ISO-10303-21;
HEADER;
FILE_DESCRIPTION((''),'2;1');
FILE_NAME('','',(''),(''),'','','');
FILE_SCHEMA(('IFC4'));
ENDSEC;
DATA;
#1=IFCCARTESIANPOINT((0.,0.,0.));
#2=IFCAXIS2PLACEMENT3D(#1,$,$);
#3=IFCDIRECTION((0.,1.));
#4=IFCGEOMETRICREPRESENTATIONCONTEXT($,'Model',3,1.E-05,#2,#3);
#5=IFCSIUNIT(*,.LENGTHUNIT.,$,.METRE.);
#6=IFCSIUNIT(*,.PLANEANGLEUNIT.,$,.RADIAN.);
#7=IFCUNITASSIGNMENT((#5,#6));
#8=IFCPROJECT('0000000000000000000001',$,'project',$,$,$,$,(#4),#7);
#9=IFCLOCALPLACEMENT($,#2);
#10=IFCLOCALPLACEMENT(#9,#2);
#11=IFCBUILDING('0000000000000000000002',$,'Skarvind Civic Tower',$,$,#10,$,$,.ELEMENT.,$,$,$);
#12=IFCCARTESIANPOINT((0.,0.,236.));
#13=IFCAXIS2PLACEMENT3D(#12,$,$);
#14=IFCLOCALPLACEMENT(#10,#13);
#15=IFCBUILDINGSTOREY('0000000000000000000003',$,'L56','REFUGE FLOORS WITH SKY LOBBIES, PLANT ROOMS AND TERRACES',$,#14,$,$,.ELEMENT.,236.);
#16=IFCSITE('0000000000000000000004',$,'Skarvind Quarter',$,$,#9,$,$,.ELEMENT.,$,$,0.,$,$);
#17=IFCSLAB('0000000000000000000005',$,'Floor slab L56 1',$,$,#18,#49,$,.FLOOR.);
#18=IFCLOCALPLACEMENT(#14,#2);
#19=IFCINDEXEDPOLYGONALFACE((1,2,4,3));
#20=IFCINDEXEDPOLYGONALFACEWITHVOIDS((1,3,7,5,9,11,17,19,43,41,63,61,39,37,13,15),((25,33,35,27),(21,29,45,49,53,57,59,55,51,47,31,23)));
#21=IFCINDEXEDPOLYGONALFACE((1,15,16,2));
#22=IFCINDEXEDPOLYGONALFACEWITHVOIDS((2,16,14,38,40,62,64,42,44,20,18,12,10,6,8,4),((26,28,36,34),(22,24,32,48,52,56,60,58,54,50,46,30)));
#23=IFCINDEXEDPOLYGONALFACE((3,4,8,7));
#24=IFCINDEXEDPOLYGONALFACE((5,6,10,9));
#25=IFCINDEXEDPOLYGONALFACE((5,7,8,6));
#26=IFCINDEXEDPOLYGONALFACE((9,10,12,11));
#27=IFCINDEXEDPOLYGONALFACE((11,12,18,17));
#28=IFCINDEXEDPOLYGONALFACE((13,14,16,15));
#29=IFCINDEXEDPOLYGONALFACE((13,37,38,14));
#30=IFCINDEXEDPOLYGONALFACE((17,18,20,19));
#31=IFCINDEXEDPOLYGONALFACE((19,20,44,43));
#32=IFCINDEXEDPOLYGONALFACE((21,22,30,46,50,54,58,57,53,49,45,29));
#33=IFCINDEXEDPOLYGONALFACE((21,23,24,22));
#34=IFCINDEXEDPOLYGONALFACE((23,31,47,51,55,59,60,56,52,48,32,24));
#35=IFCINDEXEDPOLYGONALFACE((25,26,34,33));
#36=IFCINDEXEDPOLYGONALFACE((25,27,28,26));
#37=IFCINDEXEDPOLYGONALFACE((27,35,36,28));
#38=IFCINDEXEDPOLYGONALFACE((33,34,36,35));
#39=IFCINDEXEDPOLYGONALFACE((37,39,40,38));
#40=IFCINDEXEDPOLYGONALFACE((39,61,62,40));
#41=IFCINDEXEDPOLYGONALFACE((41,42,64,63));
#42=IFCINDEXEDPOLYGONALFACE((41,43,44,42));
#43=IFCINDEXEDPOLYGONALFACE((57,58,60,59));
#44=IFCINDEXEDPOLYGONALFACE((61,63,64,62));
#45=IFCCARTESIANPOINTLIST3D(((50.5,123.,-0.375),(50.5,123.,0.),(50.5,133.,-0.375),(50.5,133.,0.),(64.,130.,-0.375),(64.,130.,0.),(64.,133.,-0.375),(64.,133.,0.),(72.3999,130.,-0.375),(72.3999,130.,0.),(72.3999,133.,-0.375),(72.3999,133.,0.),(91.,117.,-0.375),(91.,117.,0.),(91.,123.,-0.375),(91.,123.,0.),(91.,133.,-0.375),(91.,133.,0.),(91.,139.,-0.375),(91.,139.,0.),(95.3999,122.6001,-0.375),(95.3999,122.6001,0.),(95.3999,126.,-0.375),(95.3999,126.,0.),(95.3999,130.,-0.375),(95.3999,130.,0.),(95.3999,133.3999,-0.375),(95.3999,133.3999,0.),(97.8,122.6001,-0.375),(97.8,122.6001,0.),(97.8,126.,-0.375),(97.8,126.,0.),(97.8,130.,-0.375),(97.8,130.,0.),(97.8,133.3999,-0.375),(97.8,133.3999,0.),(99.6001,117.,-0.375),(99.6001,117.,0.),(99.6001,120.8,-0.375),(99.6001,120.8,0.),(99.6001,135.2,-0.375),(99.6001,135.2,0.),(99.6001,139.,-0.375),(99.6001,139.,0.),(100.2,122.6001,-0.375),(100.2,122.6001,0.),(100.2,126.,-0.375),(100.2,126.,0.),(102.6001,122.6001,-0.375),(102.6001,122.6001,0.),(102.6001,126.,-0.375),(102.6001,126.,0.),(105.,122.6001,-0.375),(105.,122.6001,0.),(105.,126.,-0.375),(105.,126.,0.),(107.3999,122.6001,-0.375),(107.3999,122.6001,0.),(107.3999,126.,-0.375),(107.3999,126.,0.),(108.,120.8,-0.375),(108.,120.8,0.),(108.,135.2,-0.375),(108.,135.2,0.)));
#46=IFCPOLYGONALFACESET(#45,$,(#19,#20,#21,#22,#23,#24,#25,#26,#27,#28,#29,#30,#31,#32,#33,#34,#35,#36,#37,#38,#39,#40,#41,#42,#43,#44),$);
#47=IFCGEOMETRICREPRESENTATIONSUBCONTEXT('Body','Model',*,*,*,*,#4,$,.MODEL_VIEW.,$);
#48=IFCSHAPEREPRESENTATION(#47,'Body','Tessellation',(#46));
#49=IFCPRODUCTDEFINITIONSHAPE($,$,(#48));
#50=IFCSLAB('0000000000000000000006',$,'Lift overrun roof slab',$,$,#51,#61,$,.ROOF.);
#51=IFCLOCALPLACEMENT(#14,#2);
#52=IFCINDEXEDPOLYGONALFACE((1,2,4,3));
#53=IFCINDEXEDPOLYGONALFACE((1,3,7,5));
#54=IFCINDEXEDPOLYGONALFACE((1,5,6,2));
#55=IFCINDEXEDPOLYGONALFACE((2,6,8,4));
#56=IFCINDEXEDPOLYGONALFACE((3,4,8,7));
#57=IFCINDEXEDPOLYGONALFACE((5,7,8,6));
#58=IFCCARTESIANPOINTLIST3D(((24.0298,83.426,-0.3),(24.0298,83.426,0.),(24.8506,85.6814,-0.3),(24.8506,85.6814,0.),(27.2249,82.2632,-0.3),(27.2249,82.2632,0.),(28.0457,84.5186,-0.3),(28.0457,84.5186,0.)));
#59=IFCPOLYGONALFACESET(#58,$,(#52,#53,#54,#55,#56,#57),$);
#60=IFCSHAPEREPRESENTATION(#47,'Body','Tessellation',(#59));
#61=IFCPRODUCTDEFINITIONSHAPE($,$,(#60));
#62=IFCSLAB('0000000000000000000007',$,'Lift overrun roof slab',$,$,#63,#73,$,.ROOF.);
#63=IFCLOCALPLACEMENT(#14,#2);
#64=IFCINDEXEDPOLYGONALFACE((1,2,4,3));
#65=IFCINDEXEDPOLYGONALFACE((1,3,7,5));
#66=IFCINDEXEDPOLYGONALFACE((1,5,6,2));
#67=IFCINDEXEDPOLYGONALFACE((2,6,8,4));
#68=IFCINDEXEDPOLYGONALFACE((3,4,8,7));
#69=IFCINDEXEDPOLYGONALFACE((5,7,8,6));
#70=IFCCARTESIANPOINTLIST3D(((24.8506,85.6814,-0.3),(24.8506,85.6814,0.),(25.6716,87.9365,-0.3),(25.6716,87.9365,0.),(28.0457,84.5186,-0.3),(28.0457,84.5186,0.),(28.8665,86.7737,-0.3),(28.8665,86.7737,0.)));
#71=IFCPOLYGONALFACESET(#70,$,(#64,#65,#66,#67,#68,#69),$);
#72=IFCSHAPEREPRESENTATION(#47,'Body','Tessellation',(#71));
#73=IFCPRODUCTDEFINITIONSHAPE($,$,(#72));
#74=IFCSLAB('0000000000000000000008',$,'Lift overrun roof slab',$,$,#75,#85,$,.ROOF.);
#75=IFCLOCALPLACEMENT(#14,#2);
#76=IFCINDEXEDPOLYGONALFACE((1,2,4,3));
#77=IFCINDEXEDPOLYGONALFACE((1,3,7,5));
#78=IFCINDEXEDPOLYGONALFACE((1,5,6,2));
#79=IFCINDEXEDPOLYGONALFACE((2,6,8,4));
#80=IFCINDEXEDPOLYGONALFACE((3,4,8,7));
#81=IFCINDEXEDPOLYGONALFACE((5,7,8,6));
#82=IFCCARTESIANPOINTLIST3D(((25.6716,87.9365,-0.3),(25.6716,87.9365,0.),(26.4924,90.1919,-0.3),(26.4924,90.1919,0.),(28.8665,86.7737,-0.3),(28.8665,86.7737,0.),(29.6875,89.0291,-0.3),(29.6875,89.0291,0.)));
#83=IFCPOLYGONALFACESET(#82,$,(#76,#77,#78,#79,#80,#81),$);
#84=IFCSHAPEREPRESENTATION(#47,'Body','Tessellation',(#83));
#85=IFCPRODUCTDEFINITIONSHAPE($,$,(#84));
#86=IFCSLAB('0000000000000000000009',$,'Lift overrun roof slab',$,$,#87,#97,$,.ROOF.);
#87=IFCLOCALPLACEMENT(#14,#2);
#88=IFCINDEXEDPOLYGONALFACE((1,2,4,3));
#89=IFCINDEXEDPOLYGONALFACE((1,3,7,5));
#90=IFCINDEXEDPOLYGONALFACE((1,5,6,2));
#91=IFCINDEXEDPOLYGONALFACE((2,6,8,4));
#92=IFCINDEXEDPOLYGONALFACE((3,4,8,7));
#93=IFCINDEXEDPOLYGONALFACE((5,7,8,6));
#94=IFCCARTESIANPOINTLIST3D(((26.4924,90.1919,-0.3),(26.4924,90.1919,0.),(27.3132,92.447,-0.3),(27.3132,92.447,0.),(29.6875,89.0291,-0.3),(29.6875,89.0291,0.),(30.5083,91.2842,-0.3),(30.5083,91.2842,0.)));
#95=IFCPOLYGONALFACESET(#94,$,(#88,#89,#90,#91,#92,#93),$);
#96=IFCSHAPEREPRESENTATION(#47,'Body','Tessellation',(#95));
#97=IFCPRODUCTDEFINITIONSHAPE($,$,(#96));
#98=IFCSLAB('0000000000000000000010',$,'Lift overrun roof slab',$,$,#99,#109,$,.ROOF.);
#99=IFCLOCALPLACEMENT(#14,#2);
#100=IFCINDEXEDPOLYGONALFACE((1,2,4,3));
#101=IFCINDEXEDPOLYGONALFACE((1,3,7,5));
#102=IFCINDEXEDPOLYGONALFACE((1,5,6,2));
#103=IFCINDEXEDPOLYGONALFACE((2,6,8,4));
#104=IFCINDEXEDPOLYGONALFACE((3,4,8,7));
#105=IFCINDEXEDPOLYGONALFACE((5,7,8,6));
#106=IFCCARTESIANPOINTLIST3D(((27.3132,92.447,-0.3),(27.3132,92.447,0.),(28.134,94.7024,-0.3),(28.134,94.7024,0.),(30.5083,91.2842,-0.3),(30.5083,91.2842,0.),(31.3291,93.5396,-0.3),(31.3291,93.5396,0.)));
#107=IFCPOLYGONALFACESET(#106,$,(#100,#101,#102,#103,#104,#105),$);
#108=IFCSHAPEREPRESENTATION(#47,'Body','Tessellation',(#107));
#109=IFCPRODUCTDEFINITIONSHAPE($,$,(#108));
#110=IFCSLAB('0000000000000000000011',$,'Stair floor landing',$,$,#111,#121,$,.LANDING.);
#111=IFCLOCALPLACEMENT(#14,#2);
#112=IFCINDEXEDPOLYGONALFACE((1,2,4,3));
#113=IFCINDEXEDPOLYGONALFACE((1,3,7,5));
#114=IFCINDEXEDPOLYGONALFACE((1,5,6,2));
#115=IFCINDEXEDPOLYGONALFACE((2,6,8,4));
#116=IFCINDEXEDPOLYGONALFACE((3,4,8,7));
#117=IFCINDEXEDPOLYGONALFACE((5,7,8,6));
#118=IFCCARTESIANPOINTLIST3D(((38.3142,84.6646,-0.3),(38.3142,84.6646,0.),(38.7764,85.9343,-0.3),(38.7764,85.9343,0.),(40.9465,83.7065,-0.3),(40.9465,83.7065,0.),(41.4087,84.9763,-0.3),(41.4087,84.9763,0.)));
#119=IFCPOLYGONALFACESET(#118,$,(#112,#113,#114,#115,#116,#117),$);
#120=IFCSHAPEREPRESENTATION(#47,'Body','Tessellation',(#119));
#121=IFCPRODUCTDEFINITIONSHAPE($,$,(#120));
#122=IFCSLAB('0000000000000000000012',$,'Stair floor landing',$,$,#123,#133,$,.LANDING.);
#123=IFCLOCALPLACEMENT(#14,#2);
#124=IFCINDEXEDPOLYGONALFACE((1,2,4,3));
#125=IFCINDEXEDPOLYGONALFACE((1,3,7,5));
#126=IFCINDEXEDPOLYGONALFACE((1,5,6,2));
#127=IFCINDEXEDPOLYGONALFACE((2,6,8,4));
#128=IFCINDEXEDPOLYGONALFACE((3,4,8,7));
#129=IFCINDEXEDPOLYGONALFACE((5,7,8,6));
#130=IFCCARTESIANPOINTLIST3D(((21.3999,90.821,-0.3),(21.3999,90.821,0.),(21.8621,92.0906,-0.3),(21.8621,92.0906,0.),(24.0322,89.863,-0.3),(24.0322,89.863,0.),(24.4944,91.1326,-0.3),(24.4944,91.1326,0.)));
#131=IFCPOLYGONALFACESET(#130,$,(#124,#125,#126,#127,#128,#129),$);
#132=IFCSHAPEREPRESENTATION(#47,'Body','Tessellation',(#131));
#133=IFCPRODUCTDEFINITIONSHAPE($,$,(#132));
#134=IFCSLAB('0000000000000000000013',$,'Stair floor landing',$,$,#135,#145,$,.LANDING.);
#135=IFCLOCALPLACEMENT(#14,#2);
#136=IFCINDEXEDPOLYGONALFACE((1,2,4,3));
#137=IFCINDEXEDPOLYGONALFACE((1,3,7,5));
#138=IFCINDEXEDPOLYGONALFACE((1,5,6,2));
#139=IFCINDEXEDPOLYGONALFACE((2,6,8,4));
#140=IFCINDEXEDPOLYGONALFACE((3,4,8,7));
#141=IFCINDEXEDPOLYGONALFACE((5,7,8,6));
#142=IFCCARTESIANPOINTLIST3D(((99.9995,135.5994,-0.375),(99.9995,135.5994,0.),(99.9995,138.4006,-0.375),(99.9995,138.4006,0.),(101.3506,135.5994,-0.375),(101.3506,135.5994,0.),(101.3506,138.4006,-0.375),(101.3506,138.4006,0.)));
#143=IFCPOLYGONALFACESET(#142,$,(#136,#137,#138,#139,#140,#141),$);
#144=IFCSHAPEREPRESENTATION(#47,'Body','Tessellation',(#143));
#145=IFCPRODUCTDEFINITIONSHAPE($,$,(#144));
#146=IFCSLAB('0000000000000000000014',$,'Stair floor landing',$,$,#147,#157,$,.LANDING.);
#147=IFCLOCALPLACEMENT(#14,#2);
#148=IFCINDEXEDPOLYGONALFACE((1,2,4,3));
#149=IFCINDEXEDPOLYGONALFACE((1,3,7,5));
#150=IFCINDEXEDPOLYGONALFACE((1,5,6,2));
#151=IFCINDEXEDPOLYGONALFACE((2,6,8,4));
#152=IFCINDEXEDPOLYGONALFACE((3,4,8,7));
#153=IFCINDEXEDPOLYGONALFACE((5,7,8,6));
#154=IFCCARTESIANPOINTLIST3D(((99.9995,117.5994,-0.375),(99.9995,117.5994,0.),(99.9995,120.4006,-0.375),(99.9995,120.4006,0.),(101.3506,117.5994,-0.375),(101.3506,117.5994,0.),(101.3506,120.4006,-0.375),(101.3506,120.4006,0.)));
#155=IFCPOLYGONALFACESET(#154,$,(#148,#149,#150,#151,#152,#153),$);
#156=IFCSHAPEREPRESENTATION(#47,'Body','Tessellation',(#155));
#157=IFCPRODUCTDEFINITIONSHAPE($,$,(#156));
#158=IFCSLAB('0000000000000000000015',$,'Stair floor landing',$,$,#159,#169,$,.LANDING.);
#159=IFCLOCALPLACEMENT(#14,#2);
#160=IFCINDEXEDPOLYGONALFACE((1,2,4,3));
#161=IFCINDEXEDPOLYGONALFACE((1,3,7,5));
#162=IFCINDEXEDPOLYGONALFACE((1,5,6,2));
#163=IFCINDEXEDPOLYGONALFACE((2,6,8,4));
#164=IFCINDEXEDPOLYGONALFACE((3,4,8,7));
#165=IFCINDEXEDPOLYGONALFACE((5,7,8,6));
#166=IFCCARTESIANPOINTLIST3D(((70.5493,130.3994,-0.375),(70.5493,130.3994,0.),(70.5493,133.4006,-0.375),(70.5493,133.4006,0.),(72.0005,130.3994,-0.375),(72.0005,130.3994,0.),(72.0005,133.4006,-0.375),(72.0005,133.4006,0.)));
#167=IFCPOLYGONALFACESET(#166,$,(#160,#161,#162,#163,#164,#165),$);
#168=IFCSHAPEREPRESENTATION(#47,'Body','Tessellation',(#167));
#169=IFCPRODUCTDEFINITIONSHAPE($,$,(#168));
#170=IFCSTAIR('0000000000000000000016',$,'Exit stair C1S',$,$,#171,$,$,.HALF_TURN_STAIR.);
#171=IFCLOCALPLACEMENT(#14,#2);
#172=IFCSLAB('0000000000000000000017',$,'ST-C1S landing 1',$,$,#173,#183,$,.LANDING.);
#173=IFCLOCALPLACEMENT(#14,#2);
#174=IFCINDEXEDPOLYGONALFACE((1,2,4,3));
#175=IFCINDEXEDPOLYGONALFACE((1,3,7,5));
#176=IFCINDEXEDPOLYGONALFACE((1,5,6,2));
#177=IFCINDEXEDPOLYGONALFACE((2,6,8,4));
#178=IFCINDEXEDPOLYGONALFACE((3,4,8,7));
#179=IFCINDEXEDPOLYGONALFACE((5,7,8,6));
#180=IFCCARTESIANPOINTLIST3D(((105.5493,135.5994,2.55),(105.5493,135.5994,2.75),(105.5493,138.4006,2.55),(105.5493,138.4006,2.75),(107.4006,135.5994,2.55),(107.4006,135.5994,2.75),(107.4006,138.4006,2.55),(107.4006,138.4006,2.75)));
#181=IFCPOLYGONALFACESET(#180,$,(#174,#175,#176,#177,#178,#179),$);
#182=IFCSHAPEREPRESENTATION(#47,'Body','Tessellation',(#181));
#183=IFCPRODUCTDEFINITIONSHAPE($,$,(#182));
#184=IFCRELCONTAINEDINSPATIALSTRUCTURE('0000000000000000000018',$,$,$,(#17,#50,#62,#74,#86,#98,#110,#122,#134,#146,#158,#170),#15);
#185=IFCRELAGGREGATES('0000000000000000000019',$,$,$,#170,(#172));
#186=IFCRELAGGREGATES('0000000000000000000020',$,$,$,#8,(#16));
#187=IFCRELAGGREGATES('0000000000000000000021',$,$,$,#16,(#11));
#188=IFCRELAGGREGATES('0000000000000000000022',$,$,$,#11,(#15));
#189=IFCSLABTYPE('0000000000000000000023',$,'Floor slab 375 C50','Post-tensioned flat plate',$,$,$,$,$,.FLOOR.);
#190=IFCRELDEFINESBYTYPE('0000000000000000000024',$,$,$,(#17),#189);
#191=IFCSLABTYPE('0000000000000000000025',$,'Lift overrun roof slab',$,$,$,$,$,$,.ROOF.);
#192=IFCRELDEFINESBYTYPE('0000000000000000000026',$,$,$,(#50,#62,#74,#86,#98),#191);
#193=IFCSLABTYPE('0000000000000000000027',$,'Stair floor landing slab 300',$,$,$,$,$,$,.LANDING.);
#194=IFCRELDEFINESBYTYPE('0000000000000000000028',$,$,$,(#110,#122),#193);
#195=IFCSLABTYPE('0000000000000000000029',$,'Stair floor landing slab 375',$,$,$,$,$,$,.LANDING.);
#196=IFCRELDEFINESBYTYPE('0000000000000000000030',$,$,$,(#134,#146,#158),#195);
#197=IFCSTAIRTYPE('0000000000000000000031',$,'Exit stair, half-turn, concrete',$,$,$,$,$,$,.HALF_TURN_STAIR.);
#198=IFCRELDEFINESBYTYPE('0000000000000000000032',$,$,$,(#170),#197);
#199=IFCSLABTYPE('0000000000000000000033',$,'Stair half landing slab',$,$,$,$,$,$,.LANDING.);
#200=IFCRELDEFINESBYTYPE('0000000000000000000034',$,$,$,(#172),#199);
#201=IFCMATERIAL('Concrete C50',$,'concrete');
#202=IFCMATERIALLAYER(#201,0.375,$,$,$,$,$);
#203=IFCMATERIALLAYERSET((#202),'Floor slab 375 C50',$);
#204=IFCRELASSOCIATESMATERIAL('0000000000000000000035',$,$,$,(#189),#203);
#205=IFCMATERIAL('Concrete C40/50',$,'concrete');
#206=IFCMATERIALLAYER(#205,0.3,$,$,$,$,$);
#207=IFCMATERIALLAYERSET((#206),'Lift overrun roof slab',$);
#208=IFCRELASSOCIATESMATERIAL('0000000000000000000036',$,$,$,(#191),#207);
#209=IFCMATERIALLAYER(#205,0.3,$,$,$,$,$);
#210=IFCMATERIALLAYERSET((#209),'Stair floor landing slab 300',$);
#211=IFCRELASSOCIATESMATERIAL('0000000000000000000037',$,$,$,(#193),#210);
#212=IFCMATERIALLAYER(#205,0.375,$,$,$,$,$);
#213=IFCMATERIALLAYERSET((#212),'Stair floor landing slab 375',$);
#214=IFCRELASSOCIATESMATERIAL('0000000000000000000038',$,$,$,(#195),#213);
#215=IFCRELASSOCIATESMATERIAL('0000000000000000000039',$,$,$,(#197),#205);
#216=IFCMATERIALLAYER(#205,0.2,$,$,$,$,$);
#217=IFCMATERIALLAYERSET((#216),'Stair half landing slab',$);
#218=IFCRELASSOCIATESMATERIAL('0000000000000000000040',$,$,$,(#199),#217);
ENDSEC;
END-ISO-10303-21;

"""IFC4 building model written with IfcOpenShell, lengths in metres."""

from ifc_helpers import new_model, si_unit, direction, frame, origin, place, context, subcontext, project, spatial, polyline, outline, extrude, material, layer, layer_set, type_object, element, aggregate, save


model = new_model("IFC4")

# Units and contexts
model_context = context("Model", 3, precision=1e-05, world=origin(), true_north=direction((0.0, 1.0)))
body_context = subcontext(model_context, "Body", "Model", "MODEL_VIEW")
ifc_project = project(units=[si_unit("LENGTHUNIT", "METRE"), si_unit("PLANEANGLEUNIT", "RADIAN")], contexts=[model_context])

# Site, building, storey
site_placement = place(None, origin())
site = spatial("IfcSite", under=ifc_project, at=site_placement, Name="Skarvind Quarter", CompositionType="ELEMENT", RefElevation=0.0)
building_placement = place(site_placement, origin())
building = spatial("IfcBuilding", under=site, at=building_placement, Name="Skarvind Civic Tower", CompositionType="ELEMENT")
storey_placement = place(building_placement, frame((0.0, 0.0, 236.0)))
storey = spatial("IfcBuildingStorey", under=building, at=storey_placement, Name="L56", Description="REFUGE FLOORS WITH SKY LOBBIES, PLANT ROOMS AND TERRACES", CompositionType="ELEMENT", Elevation=236.0)

# Slabs
ifc_material_1 = material(Name="Concrete C50", Category="concrete")
ifc_layer_1 = layer(ifc_material_1, 0.375)
ifc_layer_set_1 = layer_set([ifc_layer_1], Name="Floor slab 375 C50")
slab_type_1 = type_object("IfcSlabType", Name="Floor slab 375 C50", Description="Post-tensioned flat plate", PredefinedType="FLOOR", material=ifc_layer_set_1)
slab_1_placement = place(storey_placement, frame((0.0, 0.0, -0.375)))
element("IfcSlab", 1, at=slab_1_placement, inside=storey, type_object=slab_type_1, Name="Floor slab L56 1", PredefinedType="FLOOR", context=body_context, shape_type="SweptSolid", body=[
    extrude(outline(polyline([(72.3999, 133.0), (72.3999, 130.0), (64.0, 130.0), (64.0, 133.0), (50.5, 133.0), (50.5, 123.0), (91.0, 123.0), (91.0, 117.0), (99.6001, 117.0), (99.6001, 120.8), (108.0, 120.8), (108.0, 135.2), (99.6001, 135.2), (99.6001, 139.0), (91.0, 139.0), (91.0, 133.0), (72.3999, 133.0)]), holes=[polyline([(97.8, 126.0), (100.2, 126.0), (102.6001, 126.0), (105.0, 126.0), (107.3999, 126.0), (107.3999, 122.6001), (105.0, 122.6001), (102.6001, 122.6001), (100.2, 122.6001), (97.8, 122.6001), (95.3999, 122.6001), (95.3999, 126.0), (97.8, 126.0)]), polyline([(97.8, 133.3999), (97.8, 130.0), (95.3999, 130.0), (95.3999, 133.3999), (97.8, 133.3999)])]), origin(), (0.0, 0.0, 1.0), 0.375),
])
ifc_material_2 = material(Name="Concrete C40/50", Category="concrete")
ifc_layer_2 = layer(ifc_material_2, 0.3)
ifc_layer_set_2 = layer_set([ifc_layer_2], Name="Lift overrun roof slab")
slab_type_2 = type_object("IfcSlabType", Name="Lift overrun roof slab", PredefinedType="ROOF", material=ifc_layer_set_2)
slab_2_placement = place(storey_placement, frame((0.0, 0.0, -0.3)))
element("IfcSlab", 2, at=slab_2_placement, inside=storey, type_object=slab_type_2, Name="Lift overrun roof slab", PredefinedType="ROOF", context=body_context, shape_type="SweptSolid", body=[
    extrude(outline(polyline([(27.2249, 82.2632), (28.0457, 84.5186), (24.8506, 85.6814), (24.0298, 83.426), (27.2249, 82.2632)])), origin(), (0.0, 0.0, 1.0), 0.3),
])
slab_3_placement = place(storey_placement, frame((0.0, 0.0, -0.3)))
element("IfcSlab", 3, at=slab_3_placement, inside=storey, type_object=slab_type_2, Name="Lift overrun roof slab", PredefinedType="ROOF", context=body_context, shape_type="SweptSolid", body=[
    extrude(outline(polyline([(28.0457, 84.5186), (28.8665, 86.7737), (25.6716, 87.9365), (24.8506, 85.6814), (28.0457, 84.5186)])), origin(), (0.0, 0.0, 1.0), 0.3),
])
slab_4_placement = place(storey_placement, frame((0.0, 0.0, -0.3)))
element("IfcSlab", 4, at=slab_4_placement, inside=storey, type_object=slab_type_2, Name="Lift overrun roof slab", PredefinedType="ROOF", context=body_context, shape_type="SweptSolid", body=[
    extrude(outline(polyline([(28.8665, 86.7737), (29.6875, 89.0291), (26.4924, 90.1919), (25.6716, 87.9365), (28.8665, 86.7737)])), origin(), (0.0, 0.0, 1.0), 0.3),
])
slab_5_placement = place(storey_placement, frame((0.0, 0.0, -0.3)))
element("IfcSlab", 5, at=slab_5_placement, inside=storey, type_object=slab_type_2, Name="Lift overrun roof slab", PredefinedType="ROOF", context=body_context, shape_type="SweptSolid", body=[
    extrude(outline(polyline([(29.6875, 89.0291), (30.5083, 91.2842), (27.3132, 92.447), (26.4924, 90.1919), (29.6875, 89.0291)])), origin(), (0.0, 0.0, 1.0), 0.3),
])
slab_6_placement = place(storey_placement, frame((0.0, 0.0, -0.3)))
element("IfcSlab", 6, at=slab_6_placement, inside=storey, type_object=slab_type_2, Name="Lift overrun roof slab", PredefinedType="ROOF", context=body_context, shape_type="SweptSolid", body=[
    extrude(outline(polyline([(30.5083, 91.2842), (31.3291, 93.5396), (28.134, 94.7024), (27.3132, 92.447), (30.5083, 91.2842)])), origin(), (0.0, 0.0, 1.0), 0.3),
])
ifc_layer_3 = layer(ifc_material_2, 0.3)
ifc_layer_set_3 = layer_set([ifc_layer_3], Name="Stair floor landing slab 300")
slab_type_3 = type_object("IfcSlabType", Name="Stair floor landing slab 300", PredefinedType="LANDING", material=ifc_layer_set_3)
slab_7_placement = place(storey_placement, frame((0.0, 0.0, -0.3)))
element("IfcSlab", 7, at=slab_7_placement, inside=storey, type_object=slab_type_3, Name="Stair floor landing", PredefinedType="LANDING", context=body_context, shape_type="SweptSolid", body=[
    extrude(outline(polyline([(40.9465, 83.7065), (38.3142, 84.6646), (38.7764, 85.9343), (41.4087, 84.9763), (40.9465, 83.7065)])), origin(), (0.0, 0.0, 1.0), 0.3),
])
slab_8_placement = place(storey_placement, frame((0.0, 0.0, -0.3)))
element("IfcSlab", 8, at=slab_8_placement, inside=storey, type_object=slab_type_3, Name="Stair floor landing", PredefinedType="LANDING", context=body_context, shape_type="SweptSolid", body=[
    extrude(outline(polyline([(24.0322, 89.863), (21.3999, 90.821), (21.8621, 92.0906), (24.4944, 91.1326), (24.0322, 89.863)])), origin(), (0.0, 0.0, 1.0), 0.3),
])
ifc_layer_4 = layer(ifc_material_2, 0.375)
ifc_layer_set_4 = layer_set([ifc_layer_4], Name="Stair floor landing slab 375")
slab_type_4 = type_object("IfcSlabType", Name="Stair floor landing slab 375", PredefinedType="LANDING", material=ifc_layer_set_4)
slab_9_placement = place(storey_placement, frame((0.0, 0.0, -0.375)))
element("IfcSlab", 9, at=slab_9_placement, inside=storey, type_object=slab_type_4, Name="Stair floor landing", PredefinedType="LANDING", context=body_context, shape_type="SweptSolid", body=[
    extrude(outline(polyline([(101.3506, 138.4006), (101.3506, 135.5994), (99.9995, 135.5994), (99.9995, 138.4006), (101.3506, 138.4006)])), origin(), (0.0, 0.0, 1.0), 0.375),
])
slab_10_placement = place(storey_placement, frame((0.0, 0.0, -0.375)))
element("IfcSlab", 10, at=slab_10_placement, inside=storey, type_object=slab_type_4, Name="Stair floor landing", PredefinedType="LANDING", context=body_context, shape_type="SweptSolid", body=[
    extrude(outline(polyline([(101.3506, 120.4006), (101.3506, 117.5994), (99.9995, 117.5994), (99.9995, 120.4006), (101.3506, 120.4006)])), origin(), (0.0, 0.0, 1.0), 0.375),
])
slab_11_placement = place(storey_placement, frame((0.0, 0.0, -0.375)))
element("IfcSlab", 11, at=slab_11_placement, inside=storey, type_object=slab_type_4, Name="Stair floor landing", PredefinedType="LANDING", context=body_context, shape_type="SweptSolid", body=[
    extrude(outline(polyline([(70.5493, 130.3994), (70.5493, 133.4006), (72.0005, 133.4006), (72.0005, 130.3994), (70.5493, 130.3994)])), origin(), (0.0, 0.0, 1.0), 0.375),
])

# Stair, slab
stair_type_1 = type_object("IfcStairType", Name="Exit stair, half-turn, concrete", PredefinedType="HALF_TURN_STAIR", material=ifc_material_2)
stair_1_placement = place(storey_placement, origin())
stair_1 = element("IfcStair", 12, at=stair_1_placement, inside=storey, type_object=stair_type_1, Name="Exit stair C1S", PredefinedType="HALF_TURN_STAIR")
ifc_layer_5 = layer(ifc_material_2, 0.2)
ifc_layer_set_5 = layer_set([ifc_layer_5], Name="Stair half landing slab")
slab_type_5 = type_object("IfcSlabType", Name="Stair half landing slab", PredefinedType="LANDING", material=ifc_layer_set_5)
slab_12_placement = place(storey_placement, frame((0.0, 0.0, 2.55)))
slab_12 = element("IfcSlab", 13, at=slab_12_placement, type_object=slab_type_5, Name="ST-C1S landing 1", PredefinedType="LANDING", context=body_context, shape_type="SweptSolid", body=[
    extrude(outline(polyline([(105.5493, 135.5994), (105.5493, 138.4006), (107.4006, 138.4006), (107.4006, 135.5994), (105.5493, 135.5994)])), origin(), (0.0, 0.0, 1.0), 0.2),
])
aggregate(stair_1, [slab_12])

save(model, "model.ifc")
